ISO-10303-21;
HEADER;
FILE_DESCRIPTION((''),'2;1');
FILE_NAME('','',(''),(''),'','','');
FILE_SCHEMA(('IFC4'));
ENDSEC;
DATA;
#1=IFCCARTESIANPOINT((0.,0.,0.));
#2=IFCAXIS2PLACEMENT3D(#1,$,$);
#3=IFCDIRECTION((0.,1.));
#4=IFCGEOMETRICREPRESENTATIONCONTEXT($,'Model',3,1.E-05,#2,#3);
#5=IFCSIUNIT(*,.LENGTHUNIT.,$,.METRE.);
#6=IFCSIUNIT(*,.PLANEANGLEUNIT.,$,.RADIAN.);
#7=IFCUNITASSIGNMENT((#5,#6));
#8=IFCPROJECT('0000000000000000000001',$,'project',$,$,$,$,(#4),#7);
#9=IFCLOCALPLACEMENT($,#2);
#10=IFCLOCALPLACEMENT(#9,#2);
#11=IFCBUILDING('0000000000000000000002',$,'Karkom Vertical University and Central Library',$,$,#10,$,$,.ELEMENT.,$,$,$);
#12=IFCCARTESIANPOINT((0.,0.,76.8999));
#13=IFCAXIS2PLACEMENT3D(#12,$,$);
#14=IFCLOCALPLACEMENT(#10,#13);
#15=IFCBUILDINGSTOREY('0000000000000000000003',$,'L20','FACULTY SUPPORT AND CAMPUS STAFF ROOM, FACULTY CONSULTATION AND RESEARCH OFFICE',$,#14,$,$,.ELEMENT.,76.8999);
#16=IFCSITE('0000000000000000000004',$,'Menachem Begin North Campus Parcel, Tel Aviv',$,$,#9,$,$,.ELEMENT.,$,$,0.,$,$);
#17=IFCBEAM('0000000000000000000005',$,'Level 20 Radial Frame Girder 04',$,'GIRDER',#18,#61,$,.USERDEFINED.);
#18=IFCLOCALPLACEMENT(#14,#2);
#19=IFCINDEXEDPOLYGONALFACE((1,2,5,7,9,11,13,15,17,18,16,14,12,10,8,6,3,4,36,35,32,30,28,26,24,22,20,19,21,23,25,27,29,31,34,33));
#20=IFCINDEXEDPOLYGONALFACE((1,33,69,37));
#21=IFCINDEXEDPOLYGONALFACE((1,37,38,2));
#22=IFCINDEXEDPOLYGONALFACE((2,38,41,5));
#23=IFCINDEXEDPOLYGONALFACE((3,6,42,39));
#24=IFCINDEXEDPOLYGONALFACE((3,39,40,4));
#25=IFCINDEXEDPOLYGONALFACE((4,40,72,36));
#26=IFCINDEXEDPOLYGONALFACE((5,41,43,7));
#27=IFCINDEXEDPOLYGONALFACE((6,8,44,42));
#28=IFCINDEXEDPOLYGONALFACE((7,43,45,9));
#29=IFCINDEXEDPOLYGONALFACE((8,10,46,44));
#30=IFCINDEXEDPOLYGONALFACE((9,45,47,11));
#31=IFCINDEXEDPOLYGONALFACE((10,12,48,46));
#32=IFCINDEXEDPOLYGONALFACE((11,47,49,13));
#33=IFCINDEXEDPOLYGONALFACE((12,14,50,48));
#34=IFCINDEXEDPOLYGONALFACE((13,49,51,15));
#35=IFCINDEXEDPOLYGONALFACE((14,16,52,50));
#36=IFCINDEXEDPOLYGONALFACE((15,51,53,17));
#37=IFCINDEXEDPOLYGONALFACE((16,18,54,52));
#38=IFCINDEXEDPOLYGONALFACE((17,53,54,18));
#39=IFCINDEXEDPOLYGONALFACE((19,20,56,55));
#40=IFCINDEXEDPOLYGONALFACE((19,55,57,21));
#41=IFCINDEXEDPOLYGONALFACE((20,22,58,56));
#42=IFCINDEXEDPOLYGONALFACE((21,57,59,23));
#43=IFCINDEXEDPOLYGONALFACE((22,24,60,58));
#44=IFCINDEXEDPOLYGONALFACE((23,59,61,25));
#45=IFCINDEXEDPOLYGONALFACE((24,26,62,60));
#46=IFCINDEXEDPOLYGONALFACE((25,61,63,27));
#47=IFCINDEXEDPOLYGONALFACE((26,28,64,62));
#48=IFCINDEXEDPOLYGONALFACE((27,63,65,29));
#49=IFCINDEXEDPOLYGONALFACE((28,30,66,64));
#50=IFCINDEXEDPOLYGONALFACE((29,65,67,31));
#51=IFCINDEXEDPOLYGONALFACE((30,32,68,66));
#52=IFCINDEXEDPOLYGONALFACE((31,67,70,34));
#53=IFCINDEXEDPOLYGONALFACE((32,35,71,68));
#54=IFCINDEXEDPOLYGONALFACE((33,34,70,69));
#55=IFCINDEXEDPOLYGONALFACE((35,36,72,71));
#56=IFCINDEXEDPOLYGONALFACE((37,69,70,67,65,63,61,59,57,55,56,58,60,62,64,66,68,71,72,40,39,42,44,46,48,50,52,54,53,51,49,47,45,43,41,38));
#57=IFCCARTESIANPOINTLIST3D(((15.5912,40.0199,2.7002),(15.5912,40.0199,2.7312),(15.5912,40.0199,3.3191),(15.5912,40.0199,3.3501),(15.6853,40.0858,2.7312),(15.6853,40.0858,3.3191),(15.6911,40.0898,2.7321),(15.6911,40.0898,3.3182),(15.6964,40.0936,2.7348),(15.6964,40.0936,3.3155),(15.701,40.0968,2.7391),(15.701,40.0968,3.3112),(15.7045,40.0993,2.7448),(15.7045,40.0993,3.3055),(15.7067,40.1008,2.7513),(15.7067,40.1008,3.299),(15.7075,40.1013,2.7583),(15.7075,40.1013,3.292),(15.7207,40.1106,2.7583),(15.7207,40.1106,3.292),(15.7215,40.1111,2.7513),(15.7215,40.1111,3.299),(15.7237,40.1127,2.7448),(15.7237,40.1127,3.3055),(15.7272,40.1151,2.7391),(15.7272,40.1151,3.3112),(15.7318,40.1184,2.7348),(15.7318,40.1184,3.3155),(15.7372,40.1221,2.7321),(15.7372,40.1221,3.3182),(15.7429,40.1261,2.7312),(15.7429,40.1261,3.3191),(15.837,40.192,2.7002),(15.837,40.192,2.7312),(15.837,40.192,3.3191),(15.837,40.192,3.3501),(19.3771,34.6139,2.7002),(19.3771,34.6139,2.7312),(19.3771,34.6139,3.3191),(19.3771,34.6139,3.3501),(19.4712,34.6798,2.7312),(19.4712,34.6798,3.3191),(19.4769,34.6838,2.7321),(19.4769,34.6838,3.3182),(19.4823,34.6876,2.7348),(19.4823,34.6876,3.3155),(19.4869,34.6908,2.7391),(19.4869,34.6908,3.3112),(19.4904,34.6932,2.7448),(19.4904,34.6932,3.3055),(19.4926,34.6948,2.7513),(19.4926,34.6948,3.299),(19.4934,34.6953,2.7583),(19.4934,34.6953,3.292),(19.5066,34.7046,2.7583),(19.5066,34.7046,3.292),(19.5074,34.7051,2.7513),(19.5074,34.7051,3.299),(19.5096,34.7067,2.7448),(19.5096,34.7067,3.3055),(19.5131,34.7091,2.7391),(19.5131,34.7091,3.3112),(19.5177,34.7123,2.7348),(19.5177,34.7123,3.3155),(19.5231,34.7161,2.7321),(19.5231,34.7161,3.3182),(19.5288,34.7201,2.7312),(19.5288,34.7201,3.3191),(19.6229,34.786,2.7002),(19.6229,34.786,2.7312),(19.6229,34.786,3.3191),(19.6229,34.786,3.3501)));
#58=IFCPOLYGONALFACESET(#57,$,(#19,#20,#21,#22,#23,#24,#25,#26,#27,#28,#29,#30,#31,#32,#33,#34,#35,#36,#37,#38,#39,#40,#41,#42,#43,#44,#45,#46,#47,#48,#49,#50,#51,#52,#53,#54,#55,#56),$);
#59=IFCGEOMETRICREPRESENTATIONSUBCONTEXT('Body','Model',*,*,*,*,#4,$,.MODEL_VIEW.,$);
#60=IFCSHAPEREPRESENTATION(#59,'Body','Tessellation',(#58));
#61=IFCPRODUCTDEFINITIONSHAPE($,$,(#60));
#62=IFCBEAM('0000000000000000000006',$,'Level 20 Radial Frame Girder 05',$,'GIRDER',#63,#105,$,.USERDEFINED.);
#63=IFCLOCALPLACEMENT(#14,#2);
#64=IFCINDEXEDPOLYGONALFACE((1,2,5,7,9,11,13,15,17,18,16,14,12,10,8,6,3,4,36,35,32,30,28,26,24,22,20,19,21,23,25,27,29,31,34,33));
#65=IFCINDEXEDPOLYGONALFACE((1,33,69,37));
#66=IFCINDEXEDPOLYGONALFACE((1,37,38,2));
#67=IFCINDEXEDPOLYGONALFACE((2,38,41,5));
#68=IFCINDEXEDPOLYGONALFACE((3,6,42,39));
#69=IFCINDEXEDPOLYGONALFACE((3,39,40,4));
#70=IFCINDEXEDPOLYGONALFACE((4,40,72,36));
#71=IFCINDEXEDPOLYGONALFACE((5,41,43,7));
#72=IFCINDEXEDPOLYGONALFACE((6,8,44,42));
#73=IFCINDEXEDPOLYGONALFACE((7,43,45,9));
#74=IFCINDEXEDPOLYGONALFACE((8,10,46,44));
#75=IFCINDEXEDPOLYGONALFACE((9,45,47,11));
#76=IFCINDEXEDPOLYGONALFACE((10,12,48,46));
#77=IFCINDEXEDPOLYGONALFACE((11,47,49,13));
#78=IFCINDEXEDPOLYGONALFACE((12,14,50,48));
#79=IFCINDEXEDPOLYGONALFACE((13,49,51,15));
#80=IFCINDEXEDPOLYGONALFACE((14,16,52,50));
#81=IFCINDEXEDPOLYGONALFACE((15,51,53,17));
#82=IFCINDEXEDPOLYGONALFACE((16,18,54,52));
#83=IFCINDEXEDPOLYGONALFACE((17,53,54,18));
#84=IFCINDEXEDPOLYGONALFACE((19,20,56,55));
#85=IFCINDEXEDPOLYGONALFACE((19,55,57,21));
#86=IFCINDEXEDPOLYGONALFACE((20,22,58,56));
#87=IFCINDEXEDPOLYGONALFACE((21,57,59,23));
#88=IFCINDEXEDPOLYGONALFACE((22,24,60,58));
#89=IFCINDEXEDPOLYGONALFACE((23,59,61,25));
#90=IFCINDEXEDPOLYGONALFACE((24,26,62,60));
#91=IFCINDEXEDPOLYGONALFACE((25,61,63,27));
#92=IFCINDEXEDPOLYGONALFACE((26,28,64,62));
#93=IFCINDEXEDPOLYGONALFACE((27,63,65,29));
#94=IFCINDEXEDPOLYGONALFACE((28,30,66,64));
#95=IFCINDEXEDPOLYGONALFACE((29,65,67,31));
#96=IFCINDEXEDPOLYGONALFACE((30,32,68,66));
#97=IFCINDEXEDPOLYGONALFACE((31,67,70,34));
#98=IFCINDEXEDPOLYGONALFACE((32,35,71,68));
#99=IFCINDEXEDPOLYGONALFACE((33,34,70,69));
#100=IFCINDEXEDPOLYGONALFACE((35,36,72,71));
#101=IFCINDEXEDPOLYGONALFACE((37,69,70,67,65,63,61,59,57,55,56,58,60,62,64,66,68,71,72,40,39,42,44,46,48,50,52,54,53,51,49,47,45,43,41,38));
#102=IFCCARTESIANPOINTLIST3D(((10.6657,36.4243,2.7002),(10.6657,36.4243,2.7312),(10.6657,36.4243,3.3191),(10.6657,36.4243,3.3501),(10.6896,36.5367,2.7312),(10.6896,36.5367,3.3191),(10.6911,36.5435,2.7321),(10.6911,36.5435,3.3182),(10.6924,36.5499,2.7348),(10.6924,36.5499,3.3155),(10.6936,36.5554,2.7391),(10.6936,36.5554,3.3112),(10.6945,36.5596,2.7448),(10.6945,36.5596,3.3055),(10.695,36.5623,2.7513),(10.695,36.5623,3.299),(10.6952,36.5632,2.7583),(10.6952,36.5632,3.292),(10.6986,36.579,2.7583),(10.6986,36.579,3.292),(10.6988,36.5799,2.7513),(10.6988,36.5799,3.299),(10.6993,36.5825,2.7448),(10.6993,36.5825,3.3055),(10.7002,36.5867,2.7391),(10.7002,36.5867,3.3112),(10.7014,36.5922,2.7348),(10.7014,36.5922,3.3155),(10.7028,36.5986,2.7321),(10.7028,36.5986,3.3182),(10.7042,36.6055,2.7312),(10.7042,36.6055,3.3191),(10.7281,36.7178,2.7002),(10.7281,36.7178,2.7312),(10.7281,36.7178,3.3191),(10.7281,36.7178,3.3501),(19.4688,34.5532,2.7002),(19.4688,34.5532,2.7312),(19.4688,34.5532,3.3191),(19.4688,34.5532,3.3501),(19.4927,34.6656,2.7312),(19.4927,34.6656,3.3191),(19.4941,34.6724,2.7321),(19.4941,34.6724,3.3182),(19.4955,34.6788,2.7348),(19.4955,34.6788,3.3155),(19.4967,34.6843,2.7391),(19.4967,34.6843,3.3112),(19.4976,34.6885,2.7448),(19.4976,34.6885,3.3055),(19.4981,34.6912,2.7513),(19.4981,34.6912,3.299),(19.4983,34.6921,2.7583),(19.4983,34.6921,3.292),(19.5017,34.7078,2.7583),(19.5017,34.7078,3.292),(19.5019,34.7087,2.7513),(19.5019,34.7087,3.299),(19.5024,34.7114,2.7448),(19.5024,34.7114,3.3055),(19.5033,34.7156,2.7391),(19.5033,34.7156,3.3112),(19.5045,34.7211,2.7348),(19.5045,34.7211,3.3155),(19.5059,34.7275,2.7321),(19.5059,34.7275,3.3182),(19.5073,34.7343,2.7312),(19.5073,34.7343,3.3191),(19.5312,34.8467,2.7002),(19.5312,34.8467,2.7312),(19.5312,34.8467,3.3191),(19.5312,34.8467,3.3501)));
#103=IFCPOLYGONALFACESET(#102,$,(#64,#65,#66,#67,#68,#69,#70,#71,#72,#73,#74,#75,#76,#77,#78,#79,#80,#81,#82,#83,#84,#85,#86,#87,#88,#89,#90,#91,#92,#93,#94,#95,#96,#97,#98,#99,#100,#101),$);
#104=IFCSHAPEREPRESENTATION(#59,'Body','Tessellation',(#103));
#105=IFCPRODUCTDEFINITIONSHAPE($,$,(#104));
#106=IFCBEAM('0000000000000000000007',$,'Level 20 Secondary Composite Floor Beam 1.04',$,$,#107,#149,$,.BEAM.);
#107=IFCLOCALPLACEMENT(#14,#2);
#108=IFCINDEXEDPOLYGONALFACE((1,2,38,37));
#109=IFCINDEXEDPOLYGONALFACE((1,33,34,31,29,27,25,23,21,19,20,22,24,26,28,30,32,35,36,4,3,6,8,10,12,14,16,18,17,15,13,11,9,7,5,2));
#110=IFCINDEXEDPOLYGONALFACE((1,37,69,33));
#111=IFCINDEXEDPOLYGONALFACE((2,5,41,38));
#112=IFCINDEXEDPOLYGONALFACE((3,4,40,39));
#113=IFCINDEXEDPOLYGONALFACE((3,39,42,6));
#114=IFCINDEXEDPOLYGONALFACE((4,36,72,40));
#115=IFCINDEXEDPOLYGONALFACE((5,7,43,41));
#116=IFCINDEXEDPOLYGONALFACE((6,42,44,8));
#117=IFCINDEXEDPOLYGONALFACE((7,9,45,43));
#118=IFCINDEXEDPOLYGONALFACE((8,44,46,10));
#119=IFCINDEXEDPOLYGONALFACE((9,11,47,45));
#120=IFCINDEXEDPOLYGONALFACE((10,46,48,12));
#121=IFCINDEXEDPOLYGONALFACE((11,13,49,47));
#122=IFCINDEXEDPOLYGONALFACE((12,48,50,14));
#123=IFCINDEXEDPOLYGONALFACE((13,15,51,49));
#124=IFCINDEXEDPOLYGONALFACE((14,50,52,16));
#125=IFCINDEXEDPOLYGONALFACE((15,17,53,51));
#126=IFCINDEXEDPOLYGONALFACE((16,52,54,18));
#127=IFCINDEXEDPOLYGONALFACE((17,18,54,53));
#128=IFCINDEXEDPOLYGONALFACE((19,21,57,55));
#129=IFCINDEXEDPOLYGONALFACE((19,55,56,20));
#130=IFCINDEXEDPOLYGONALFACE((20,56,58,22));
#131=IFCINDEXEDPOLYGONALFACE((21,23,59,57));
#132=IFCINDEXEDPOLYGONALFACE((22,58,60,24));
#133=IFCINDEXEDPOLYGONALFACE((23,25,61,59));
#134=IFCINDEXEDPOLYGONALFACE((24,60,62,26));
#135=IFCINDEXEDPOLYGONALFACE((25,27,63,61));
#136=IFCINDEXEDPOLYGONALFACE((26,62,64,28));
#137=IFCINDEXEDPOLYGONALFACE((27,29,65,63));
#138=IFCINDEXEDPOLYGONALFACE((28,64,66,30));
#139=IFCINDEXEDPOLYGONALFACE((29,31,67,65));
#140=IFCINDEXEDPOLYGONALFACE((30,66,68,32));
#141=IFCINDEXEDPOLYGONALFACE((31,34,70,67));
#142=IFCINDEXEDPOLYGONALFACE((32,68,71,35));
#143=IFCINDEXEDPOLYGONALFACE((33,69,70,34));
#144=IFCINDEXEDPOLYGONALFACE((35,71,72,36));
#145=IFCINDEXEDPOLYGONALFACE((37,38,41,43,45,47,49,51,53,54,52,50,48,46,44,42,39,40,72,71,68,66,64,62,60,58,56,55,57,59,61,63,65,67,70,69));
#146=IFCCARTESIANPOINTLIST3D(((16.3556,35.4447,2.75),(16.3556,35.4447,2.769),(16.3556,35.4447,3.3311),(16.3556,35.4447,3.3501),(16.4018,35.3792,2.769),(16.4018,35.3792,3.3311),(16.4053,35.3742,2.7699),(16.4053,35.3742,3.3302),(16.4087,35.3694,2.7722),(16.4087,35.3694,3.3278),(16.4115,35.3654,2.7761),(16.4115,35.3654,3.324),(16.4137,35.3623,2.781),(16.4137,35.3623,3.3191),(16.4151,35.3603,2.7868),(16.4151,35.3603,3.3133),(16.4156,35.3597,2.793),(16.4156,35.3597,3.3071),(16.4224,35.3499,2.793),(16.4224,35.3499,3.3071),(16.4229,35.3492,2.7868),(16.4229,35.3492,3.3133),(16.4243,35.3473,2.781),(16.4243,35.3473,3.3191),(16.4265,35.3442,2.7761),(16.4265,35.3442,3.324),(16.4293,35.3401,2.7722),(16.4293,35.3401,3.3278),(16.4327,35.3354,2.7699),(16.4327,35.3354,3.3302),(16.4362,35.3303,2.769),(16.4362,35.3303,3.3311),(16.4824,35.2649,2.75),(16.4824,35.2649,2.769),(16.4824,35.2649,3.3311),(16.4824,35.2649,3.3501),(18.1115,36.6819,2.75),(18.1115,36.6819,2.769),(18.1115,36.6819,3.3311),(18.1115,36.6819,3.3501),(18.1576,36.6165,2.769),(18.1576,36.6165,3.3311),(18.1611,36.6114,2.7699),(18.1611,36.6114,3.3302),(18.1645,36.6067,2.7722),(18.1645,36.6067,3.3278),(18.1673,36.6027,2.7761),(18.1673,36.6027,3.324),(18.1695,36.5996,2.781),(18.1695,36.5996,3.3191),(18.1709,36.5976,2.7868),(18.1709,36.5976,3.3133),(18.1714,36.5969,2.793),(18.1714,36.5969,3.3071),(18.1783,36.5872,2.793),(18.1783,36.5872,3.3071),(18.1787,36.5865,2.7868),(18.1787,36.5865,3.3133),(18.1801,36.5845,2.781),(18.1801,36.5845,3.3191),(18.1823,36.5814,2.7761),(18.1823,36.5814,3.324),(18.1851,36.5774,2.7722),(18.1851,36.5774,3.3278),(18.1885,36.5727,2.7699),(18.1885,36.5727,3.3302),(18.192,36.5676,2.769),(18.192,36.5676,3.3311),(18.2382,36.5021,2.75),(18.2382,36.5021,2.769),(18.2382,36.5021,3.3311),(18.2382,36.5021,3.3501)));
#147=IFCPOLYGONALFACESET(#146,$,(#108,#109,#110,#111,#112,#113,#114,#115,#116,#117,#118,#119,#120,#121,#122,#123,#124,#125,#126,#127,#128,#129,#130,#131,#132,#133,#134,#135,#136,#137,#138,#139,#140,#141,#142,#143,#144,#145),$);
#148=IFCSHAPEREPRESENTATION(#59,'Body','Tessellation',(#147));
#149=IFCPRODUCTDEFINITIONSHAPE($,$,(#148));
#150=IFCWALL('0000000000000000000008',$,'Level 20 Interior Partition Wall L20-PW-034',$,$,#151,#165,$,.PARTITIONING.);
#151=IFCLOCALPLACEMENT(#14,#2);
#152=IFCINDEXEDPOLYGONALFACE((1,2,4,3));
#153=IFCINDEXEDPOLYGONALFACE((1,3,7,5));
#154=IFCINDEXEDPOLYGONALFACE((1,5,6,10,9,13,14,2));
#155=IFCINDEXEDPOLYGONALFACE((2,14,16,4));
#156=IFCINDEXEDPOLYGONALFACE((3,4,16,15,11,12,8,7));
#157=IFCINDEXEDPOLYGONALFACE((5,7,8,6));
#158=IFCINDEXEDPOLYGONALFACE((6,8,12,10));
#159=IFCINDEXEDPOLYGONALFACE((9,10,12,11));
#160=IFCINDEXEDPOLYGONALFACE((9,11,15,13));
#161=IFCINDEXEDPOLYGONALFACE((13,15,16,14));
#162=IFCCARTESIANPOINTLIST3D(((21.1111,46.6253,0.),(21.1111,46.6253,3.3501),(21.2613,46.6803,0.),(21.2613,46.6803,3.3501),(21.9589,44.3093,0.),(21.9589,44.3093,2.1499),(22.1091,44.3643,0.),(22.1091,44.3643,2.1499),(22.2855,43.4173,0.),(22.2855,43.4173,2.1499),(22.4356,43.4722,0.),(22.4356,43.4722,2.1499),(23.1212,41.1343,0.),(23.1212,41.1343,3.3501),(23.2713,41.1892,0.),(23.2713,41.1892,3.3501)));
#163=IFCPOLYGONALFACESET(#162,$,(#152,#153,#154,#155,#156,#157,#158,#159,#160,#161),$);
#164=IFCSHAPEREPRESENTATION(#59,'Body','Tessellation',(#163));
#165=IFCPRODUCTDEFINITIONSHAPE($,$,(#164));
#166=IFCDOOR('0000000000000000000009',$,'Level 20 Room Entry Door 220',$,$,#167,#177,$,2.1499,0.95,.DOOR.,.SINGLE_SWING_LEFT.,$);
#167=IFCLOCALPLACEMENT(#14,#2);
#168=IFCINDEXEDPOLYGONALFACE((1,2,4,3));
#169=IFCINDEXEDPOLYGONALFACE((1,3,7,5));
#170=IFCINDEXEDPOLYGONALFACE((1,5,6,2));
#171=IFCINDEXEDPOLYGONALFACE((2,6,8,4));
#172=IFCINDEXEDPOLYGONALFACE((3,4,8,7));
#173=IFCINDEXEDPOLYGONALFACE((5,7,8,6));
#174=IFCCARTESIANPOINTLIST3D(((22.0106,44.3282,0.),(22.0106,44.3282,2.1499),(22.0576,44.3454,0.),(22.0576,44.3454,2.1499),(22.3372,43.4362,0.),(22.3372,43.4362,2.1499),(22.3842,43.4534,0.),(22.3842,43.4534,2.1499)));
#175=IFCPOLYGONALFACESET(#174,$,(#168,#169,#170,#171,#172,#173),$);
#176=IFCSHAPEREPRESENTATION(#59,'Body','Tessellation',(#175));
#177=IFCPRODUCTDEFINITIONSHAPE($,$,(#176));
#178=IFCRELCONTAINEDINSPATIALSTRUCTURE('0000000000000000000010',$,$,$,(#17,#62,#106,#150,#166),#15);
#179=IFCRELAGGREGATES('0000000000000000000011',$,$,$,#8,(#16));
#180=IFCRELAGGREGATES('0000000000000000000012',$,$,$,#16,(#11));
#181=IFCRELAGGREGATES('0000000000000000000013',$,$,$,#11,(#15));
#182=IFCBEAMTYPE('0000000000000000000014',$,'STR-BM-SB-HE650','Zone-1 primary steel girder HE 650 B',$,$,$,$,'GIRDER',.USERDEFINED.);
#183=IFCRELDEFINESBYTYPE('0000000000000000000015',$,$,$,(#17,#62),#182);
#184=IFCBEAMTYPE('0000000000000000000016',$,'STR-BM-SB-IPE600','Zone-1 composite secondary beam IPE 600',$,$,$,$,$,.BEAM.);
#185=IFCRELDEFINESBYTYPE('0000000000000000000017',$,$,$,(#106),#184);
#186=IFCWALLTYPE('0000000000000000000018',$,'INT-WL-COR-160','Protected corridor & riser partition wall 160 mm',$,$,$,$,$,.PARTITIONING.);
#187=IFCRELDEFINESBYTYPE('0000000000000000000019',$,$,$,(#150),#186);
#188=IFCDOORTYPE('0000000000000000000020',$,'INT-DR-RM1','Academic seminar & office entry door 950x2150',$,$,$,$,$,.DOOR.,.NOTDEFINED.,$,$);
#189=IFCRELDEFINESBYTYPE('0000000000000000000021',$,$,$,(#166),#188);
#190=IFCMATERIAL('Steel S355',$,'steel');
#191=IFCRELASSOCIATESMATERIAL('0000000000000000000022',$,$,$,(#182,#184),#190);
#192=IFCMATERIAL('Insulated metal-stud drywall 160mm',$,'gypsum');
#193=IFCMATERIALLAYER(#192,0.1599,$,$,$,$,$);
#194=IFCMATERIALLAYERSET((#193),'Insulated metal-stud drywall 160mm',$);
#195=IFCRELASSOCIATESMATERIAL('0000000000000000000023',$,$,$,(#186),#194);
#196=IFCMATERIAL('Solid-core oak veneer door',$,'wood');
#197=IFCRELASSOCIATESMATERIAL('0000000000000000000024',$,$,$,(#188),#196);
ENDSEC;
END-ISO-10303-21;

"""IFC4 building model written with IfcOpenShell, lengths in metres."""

from ifc_helpers import new_model, si_unit, direction, frame, frame_2d, origin, origin_with_axes, origin_2d, place, context, subcontext, project, spatial, rectangle, i_section, extrude, source, transform, mapped, material, layer, layer_set, material_profile, profile_set, type_object, element, fill, save


model = new_model("IFC4")

# Units and contexts
model_context = context("Model", 3, precision=1e-05, world=origin(), true_north=direction((0.0, 1.0)))
body_context = subcontext(model_context, "Body", "Model", "MODEL_VIEW")
ifc_project = project(units=[si_unit("LENGTHUNIT", "METRE"), si_unit("PLANEANGLEUNIT", "RADIAN")], contexts=[model_context])

# Site, building, storey
site_placement = place(None, origin())
site = spatial("IfcSite", under=ifc_project, at=site_placement, Name="Menachem Begin North Campus Parcel, Tel Aviv", CompositionType="ELEMENT", RefElevation=0.0)
building_placement = place(site_placement, origin())
building = spatial("IfcBuilding", under=site, at=building_placement, Name="Karkom Vertical University and Central Library", CompositionType="ELEMENT")
storey_placement = place(building_placement, frame((0.0, 0.0, 76.8999)))
storey = spatial("IfcBuildingStorey", under=building, at=storey_placement, Name="L20", Description="FACULTY SUPPORT AND CAMPUS STAFF ROOM, FACULTY CONSULTATION AND RESEARCH OFFICE", CompositionType="ELEMENT", Elevation=76.8999)

# Beams
ifc_material_1 = material(Name="Steel S355", Category="steel")
ifc_material_profile_1 = material_profile(ifc_material_1, i_section(OverallWidth=0.3, OverallDepth=0.6499, WebThickness=0.0161, FlangeThickness=0.031, FilletRadius=0.0271, at=origin_2d()), Name="HE 650 B")
ifc_profile_set_1 = profile_set([ifc_material_profile_1], Name="Steel S355")
beam_type_1 = type_object("IfcBeamType", Name="STR-BM-SB-HE650", Description="Zone-1 primary steel girder HE 650 B", ElementType="GIRDER", PredefinedType="USERDEFINED", material=ifc_profile_set_1)
shared_shape_1 = source(origin_with_axes(), body_context, "Body", "SweptSolid", [
    extrude(i_section(OverallWidth=0.3, OverallDepth=0.6499, WebThickness=0.0161, FlangeThickness=0.031, FilletRadius=0.0271, at=origin_2d()), origin(), (0.0, 0.0, 1.0), 6.5999),
])
beam_1_placement = place(storey_placement, frame((19.5, 34.7, 3.0251), z_axis=(-0.573634, 0.819112, 0.0), x_axis=(-0.819112, -0.573634, 0.0)))
element("IfcBeam", 1, at=beam_1_placement, inside=storey, type_object=beam_type_1, Name="Level 20 Radial Frame Girder 04", ObjectType="GIRDER", PredefinedType="USERDEFINED", context=body_context, shape_type="MappedRepresentation", body=[
    mapped(shared_shape_1, transform((0.0, 0.0, 0.0), scale=1.0)),
])
shared_shape_2 = source(origin_with_axes(), body_context, "Body", "SweptSolid", [
    extrude(i_section(OverallWidth=0.3, OverallDepth=0.6499, WebThickness=0.0161, FlangeThickness=0.031, FilletRadius=0.0271, at=origin_2d()), origin(), (0.0, 0.0, 1.0), 8.9998),
])
beam_2_placement = place(storey_placement, frame((19.5, 34.7, 3.0251), z_axis=(-0.978148, 0.207908, 0.0), x_axis=(-0.207908, -0.978148, 0.0)))
element("IfcBeam", 2, at=beam_2_placement, inside=storey, type_object=beam_type_1, Name="Level 20 Radial Frame Girder 05", ObjectType="GIRDER", PredefinedType="USERDEFINED", context=body_context, shape_type="MappedRepresentation", body=[
    mapped(shared_shape_2, transform((0.0, 0.0, 0.0), scale=1.0)),
])
ifc_material_profile_2 = material_profile(ifc_material_1, i_section(OverallWidth=0.22, OverallDepth=0.6001, WebThickness=0.012, FlangeThickness=0.019, FilletRadius=0.0239, at=origin_2d()), Name="IPE 600")
ifc_profile_set_2 = profile_set([ifc_material_profile_2], Name="Steel S355")
beam_type_2 = type_object("IfcBeamType", Name="STR-BM-SB-IPE600", Description="Zone-1 composite secondary beam IPE 600", PredefinedType="BEAM", material=ifc_profile_set_2)
shared_shape_3 = source(origin_with_axes(), body_context, "Body", "SweptSolid", [
    extrude(i_section(OverallWidth=0.22, OverallDepth=0.6001, WebThickness=0.012, FlangeThickness=0.019, FilletRadius=0.0239, at=origin_2d()), origin(), (0.0, 0.0, 1.0), 2.1479),
])
beam_3_placement = place(storey_placement, frame((18.1748, 36.592, 3.05), z_axis=(-0.817434, -0.576023, 0.0), x_axis=(0.576023, -0.817434, 0.0)))
element("IfcBeam", 3, at=beam_3_placement, inside=storey, type_object=beam_type_2, Name="Level 20 Secondary Composite Floor Beam 1.04", PredefinedType="BEAM", context=body_context, shape_type="MappedRepresentation", body=[
    mapped(shared_shape_3, transform((0.0, 0.0, 0.0), scale=1.0)),
])

# Wall, opening, door
ifc_material_2 = material(Name="Insulated metal-stud drywall 160mm", Category="gypsum")
ifc_layer_1 = layer(ifc_material_2, 0.1599)
ifc_layer_set_1 = layer_set([ifc_layer_1], Name="Insulated metal-stud drywall 160mm")
wall_type_1 = type_object("IfcWallType", Name="INT-WL-COR-160", Description="Protected corridor & riser partition wall 160 mm", PredefinedType="PARTITIONING", material=ifc_layer_set_1)
wall_1_placement = place(storey_placement, frame((23.1963, 41.1616, 0.0), z_axis=(0.0, 0.0, 1.0), x_axis=(-0.34375, 0.939061, 0.0)))
wall_1 = element("IfcWall", 4, at=wall_1_placement, inside=storey, type_object=wall_type_1, Name="Level 20 Interior Partition Wall L20-PW-034", PredefinedType="PARTITIONING", context=body_context, shape_type="SweptSolid", body=[
    extrude(rectangle(XDim=5.8474, YDim=0.1599, at=frame_2d((2.9238, 0.0))), origin(), (0.0, 0.0, 1.0), 3.3501),
])
opening_1_placement = place(wall_1_placement, frame((2.4312, 0.0, 0.0)))
opening_1 = element("IfcOpeningElement", 5, at=opening_1_placement, cuts=wall_1, PredefinedType="OPENING", context=body_context, shape_type="SweptSolid", body=[
    extrude(rectangle(XDim=0.95, YDim=2.1499, at=frame_2d((0.4751, 1.075))), frame((0.0, 0.0898, 0.0), z_axis=(0.0, -1.0, 0.0), x_axis=(1.0, 0.0, 0.0)), (0.0, 0.0, 1.0), 0.1799),
])
ifc_material_3 = material(Name="Solid-core oak veneer door", Category="wood")
door_type_1 = type_object("IfcDoorType", Name="INT-DR-RM1", Description="Academic seminar & office entry door 950x2150", OperationType="NOTDEFINED", PredefinedType="DOOR", material=ifc_material_3)
shared_shape_4 = source(origin_with_axes(), body_context, "Body", "SweptSolid", [
    extrude(rectangle(XDim=0.95, YDim=2.1499, at=frame_2d((0.4751, 1.075))), frame((0.0, 0.0249, 0.0), z_axis=(0.0, -1.0, 0.0), x_axis=(1.0, 0.0, 0.0)), (0.0, 0.0, 1.0), 0.05),
])
door_1_placement = place(opening_1_placement, origin())
door_1 = element("IfcDoor", 6, at=door_1_placement, inside=storey, type_object=door_type_1, Name="Level 20 Room Entry Door 220", OperationType="SINGLE_SWING_LEFT", OverallHeight=2.1499, OverallWidth=0.95, PredefinedType="DOOR", context=body_context, shape_type="MappedRepresentation", body=[
    mapped(shared_shape_4, transform((0.0, 0.0, 0.0), scale=1.0)),
])
fill(opening_1, door_1)

save(model, "model.ifc")
